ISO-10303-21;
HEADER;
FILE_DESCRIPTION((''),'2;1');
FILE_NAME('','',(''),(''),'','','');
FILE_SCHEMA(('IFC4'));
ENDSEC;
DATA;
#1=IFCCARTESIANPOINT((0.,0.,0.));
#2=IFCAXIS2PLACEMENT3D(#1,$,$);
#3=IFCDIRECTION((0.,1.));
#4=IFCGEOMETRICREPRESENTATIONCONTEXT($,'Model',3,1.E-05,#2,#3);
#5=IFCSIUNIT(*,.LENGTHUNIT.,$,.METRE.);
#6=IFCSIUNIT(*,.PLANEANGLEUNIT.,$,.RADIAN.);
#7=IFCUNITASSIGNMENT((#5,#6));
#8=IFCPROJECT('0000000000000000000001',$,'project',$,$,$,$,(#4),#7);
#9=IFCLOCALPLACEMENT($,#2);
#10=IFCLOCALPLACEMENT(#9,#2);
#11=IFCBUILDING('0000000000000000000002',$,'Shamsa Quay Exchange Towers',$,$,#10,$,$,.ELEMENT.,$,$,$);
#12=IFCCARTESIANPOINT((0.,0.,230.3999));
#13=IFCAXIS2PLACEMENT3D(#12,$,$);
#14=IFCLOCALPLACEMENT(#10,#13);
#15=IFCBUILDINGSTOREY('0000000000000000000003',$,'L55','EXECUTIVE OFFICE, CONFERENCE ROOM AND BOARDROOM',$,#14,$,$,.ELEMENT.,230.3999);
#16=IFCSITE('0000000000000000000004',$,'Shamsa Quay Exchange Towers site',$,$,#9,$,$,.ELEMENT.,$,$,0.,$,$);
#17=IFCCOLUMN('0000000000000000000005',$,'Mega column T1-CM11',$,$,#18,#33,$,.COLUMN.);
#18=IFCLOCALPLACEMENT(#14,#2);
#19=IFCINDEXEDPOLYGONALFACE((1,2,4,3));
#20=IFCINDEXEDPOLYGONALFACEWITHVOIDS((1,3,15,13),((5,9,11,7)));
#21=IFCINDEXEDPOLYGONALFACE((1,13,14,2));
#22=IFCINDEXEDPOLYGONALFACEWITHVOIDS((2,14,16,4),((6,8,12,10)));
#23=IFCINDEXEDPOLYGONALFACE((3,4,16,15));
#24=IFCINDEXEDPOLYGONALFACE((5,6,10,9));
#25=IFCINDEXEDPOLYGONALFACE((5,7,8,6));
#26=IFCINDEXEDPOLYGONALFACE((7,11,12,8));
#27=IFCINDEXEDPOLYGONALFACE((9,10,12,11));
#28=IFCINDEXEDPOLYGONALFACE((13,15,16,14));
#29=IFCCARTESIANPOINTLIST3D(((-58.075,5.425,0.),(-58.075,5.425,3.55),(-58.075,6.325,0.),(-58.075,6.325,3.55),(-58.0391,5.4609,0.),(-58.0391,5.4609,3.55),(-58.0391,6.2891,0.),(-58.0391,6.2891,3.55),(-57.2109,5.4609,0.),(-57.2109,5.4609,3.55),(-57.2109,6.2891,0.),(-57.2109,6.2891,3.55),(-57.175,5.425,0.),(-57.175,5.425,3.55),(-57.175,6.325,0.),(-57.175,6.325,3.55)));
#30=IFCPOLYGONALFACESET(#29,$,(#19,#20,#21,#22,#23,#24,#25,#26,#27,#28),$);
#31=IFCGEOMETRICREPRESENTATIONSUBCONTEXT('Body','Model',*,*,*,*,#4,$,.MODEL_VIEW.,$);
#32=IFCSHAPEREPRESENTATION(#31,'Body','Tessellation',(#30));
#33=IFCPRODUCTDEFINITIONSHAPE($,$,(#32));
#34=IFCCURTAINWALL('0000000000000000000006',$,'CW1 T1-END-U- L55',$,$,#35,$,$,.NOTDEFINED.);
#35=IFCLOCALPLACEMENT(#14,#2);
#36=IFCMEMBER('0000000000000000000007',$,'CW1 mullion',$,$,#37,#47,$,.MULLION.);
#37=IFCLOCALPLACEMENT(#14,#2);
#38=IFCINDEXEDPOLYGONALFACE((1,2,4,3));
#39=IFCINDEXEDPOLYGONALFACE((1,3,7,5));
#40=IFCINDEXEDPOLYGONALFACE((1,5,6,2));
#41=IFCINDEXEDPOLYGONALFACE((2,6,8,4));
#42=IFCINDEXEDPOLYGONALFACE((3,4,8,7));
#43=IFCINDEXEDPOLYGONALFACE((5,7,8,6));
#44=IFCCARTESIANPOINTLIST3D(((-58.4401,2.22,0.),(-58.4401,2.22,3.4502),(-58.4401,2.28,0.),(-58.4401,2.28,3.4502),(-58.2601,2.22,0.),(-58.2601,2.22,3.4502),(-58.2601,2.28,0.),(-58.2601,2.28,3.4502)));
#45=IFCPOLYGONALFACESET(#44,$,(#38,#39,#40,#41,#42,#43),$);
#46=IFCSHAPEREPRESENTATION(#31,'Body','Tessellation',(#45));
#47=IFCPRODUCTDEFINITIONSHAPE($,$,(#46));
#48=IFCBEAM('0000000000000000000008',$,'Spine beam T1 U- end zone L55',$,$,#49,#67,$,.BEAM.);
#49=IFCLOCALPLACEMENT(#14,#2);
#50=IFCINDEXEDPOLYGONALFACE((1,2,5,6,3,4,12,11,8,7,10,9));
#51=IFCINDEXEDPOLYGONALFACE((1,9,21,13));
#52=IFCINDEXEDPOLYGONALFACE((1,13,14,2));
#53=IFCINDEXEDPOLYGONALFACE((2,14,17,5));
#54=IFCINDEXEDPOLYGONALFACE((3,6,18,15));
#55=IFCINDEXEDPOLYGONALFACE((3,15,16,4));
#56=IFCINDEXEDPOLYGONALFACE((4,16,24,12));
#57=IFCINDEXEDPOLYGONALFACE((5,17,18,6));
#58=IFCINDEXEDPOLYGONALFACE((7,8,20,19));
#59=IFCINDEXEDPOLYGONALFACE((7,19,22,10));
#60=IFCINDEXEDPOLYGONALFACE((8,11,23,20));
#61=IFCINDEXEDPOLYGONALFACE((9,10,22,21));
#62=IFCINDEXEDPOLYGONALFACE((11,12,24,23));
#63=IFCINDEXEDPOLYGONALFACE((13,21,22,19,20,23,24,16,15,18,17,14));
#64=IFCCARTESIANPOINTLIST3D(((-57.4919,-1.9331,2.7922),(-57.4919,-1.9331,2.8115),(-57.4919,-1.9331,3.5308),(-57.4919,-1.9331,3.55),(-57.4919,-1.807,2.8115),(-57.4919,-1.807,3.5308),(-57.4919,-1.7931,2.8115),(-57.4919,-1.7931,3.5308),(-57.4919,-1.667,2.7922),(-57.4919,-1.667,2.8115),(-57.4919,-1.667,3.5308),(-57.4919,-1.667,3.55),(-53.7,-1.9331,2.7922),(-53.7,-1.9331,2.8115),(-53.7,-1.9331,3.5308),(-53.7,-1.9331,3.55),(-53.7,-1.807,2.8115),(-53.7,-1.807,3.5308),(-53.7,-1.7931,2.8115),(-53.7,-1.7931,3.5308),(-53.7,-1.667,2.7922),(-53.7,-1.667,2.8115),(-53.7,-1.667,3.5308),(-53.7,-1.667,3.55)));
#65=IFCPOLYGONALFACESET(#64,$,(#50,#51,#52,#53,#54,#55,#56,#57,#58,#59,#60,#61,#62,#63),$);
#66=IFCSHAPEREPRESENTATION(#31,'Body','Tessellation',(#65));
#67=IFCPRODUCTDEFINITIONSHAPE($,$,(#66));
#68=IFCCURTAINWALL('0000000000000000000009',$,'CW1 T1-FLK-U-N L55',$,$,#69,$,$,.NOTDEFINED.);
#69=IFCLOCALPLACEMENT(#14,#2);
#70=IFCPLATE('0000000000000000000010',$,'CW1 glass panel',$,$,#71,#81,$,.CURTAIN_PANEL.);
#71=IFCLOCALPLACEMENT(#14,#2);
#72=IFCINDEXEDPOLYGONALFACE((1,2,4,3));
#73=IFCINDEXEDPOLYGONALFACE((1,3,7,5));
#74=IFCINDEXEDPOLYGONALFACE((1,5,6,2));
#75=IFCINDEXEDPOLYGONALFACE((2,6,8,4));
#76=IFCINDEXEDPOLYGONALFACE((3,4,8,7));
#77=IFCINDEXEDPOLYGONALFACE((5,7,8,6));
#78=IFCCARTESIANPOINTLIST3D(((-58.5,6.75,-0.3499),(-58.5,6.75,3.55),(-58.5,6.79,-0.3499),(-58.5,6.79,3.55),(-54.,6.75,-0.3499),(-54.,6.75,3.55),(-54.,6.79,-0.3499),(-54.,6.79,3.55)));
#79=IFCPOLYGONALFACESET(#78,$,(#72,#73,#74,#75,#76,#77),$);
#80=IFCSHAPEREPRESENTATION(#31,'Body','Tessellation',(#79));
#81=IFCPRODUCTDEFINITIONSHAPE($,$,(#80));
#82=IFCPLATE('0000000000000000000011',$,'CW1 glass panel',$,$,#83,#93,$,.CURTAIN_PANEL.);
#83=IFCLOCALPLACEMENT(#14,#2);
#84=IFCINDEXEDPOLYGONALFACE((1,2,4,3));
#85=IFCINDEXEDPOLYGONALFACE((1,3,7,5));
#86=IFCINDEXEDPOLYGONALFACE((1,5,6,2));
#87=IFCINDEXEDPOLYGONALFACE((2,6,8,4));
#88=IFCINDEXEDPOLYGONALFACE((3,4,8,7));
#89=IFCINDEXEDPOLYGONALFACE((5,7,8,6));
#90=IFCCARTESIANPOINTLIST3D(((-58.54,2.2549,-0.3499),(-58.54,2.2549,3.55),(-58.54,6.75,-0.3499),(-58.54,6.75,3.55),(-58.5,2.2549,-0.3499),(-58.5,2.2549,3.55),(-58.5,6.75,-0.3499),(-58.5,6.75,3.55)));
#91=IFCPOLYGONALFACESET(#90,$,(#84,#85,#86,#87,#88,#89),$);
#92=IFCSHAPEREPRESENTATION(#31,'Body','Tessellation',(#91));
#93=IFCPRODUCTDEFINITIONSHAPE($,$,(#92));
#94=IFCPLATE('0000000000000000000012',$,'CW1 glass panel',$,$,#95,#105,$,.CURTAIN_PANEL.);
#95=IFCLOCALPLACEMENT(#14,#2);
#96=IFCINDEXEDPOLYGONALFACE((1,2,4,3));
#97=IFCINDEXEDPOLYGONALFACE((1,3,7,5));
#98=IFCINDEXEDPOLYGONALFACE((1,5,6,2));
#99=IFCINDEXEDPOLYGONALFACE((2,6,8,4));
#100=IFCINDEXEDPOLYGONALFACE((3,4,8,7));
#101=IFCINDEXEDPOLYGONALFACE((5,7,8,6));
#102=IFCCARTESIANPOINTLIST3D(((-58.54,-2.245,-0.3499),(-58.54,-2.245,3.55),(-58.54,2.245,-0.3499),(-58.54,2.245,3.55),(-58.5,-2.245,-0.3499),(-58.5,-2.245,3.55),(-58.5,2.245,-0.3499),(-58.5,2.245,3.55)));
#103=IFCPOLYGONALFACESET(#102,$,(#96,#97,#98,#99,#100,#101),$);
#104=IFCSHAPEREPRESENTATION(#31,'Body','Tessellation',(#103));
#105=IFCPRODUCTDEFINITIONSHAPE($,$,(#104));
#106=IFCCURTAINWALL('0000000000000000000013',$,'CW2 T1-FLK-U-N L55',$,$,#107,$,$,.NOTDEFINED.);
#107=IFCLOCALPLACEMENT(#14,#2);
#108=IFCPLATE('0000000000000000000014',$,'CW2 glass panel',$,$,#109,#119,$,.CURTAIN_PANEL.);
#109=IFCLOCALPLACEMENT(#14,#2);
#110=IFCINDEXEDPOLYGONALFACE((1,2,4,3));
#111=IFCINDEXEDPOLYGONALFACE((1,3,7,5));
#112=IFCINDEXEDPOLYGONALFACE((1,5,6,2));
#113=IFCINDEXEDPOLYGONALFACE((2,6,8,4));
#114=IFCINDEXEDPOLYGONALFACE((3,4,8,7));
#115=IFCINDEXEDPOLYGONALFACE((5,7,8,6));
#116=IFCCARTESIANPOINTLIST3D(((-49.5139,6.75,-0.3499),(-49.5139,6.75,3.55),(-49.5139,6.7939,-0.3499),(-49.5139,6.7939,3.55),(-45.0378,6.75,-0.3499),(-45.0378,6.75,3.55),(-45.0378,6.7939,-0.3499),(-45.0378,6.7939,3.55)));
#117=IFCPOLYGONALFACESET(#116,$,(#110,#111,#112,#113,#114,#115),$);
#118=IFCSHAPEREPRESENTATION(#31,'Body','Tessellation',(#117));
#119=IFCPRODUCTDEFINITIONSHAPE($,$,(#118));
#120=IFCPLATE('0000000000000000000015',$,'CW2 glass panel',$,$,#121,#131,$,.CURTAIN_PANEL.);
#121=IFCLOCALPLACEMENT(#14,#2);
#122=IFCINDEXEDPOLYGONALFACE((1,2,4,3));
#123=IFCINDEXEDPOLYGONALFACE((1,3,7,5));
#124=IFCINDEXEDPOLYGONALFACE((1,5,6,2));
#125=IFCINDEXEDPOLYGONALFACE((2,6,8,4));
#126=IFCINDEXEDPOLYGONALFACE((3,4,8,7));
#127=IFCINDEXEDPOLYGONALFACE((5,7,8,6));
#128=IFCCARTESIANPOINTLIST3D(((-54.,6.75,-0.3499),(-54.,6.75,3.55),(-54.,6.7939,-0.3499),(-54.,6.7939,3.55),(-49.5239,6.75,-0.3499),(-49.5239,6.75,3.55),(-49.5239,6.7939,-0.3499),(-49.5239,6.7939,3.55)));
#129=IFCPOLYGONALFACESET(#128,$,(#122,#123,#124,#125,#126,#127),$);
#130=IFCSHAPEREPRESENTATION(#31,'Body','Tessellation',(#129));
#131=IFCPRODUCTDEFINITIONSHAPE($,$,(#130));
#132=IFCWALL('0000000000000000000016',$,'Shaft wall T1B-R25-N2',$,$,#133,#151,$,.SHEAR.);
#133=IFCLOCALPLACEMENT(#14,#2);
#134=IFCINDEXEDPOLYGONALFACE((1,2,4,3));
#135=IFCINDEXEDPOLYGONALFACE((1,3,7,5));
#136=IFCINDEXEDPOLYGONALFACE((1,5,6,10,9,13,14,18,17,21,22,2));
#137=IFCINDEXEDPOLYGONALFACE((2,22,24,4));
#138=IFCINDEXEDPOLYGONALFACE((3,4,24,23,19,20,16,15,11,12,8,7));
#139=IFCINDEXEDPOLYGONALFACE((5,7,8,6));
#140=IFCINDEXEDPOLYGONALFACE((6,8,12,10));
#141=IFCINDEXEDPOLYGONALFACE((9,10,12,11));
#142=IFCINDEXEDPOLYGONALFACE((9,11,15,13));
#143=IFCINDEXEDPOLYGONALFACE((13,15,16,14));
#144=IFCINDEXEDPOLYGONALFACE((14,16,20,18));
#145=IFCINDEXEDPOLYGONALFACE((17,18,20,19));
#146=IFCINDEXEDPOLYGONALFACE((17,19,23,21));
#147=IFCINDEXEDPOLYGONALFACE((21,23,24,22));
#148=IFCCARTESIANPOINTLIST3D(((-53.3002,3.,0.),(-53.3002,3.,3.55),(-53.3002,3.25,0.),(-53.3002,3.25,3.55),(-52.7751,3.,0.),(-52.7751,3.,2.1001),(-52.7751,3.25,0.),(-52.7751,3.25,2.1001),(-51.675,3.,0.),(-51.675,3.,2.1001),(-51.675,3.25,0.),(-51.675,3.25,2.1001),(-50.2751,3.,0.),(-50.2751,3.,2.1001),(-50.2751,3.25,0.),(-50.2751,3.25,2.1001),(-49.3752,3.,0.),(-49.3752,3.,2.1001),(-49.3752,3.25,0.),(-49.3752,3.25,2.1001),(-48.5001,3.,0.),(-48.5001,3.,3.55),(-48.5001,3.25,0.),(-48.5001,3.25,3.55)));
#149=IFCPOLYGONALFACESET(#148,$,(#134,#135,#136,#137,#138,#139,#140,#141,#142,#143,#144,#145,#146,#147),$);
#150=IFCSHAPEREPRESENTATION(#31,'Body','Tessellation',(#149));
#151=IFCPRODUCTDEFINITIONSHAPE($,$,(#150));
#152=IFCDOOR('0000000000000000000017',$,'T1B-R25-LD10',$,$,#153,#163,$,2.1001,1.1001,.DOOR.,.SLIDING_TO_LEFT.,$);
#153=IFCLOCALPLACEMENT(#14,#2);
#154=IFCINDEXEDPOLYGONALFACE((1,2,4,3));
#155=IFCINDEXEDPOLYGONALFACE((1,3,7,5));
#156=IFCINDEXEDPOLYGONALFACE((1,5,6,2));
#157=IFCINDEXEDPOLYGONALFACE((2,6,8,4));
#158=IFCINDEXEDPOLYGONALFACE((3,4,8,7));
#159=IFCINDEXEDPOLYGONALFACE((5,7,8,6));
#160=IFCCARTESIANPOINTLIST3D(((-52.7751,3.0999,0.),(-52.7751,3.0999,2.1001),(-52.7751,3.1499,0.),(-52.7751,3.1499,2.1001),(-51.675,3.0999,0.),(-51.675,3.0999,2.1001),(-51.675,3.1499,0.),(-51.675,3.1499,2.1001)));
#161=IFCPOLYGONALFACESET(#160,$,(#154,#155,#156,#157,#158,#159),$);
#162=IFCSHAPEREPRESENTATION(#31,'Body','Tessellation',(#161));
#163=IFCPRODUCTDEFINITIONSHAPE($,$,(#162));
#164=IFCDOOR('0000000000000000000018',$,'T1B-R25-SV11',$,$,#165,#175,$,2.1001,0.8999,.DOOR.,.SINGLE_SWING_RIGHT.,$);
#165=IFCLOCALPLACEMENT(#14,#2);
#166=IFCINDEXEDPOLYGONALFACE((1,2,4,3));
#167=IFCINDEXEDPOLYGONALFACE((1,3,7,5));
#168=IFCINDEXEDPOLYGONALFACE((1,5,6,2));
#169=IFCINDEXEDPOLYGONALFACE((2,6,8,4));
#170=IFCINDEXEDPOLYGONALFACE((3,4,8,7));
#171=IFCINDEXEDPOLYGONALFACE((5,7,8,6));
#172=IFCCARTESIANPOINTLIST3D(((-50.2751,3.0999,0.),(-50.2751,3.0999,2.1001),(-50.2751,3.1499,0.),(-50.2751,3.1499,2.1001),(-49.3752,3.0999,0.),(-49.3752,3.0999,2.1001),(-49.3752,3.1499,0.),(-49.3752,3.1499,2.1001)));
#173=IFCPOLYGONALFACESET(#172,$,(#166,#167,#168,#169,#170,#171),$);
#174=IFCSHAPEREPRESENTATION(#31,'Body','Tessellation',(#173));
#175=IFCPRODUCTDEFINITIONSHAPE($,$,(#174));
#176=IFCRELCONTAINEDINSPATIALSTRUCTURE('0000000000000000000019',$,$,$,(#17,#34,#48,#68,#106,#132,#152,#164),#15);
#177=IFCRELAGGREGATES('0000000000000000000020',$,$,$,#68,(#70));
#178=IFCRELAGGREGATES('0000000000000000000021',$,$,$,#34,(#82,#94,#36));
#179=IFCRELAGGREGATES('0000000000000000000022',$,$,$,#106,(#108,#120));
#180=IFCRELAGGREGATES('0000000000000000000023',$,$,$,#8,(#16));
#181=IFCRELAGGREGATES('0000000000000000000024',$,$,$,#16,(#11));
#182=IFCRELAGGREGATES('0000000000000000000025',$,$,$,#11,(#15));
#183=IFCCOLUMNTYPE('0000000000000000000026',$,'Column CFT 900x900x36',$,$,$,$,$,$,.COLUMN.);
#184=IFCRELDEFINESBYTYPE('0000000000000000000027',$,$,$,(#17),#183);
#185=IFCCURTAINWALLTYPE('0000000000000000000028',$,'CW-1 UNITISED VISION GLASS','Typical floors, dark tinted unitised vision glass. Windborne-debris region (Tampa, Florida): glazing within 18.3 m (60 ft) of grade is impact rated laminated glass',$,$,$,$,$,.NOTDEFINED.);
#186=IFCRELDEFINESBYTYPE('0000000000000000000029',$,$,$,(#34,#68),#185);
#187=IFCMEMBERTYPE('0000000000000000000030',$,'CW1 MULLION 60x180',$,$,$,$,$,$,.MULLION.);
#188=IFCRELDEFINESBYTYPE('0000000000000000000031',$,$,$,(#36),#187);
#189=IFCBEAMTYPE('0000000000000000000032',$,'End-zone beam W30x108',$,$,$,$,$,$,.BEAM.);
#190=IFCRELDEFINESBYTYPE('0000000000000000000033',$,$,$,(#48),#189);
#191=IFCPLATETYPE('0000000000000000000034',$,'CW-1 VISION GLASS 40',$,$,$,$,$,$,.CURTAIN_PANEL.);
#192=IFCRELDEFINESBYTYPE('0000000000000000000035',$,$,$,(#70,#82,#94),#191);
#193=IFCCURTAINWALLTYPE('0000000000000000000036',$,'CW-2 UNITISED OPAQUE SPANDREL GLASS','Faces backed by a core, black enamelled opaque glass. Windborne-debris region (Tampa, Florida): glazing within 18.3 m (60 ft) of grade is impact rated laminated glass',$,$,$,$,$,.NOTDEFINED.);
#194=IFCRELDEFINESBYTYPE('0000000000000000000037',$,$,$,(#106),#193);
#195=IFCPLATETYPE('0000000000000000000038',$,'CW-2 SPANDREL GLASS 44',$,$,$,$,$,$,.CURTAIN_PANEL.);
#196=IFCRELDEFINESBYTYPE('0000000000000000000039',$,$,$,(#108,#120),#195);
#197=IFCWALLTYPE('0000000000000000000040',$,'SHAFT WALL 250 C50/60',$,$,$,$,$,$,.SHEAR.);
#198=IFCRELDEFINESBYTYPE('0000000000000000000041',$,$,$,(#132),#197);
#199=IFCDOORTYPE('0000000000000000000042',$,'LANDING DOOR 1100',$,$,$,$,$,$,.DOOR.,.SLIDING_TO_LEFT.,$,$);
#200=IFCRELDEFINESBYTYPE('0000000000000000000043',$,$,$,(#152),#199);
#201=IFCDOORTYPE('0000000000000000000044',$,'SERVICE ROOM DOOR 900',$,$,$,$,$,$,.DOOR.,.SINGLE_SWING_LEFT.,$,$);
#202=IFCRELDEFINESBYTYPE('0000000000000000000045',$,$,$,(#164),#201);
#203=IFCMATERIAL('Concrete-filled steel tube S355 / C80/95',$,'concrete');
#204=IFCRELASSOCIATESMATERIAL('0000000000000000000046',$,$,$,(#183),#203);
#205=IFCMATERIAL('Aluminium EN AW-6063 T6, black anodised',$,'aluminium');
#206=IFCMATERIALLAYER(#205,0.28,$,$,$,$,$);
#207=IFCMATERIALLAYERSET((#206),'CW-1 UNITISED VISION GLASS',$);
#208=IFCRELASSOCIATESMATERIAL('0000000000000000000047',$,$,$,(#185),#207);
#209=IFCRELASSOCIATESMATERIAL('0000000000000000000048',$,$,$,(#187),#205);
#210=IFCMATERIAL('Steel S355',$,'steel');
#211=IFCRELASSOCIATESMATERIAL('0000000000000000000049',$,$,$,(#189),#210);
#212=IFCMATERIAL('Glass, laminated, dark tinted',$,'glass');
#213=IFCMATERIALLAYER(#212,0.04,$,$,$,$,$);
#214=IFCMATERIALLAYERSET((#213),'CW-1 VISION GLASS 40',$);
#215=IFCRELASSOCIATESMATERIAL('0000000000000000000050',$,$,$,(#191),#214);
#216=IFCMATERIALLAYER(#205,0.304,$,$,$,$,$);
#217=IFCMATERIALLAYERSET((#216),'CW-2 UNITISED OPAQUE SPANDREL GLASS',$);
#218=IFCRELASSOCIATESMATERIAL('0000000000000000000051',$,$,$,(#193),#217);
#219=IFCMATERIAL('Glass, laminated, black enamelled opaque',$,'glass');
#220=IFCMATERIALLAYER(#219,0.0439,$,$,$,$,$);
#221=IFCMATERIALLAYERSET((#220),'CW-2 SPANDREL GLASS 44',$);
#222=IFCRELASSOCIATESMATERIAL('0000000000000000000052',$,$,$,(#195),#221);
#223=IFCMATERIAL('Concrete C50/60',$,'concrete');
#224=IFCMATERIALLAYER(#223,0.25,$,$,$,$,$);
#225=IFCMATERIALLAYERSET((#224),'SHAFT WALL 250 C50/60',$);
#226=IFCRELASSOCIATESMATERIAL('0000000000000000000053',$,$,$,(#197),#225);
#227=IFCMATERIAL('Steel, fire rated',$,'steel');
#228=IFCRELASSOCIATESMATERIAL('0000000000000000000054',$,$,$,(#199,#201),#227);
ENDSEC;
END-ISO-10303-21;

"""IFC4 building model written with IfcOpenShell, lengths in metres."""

from ifc_helpers import new_model, si_unit, direction, frame, frame_2d, origin, origin_2d, place, context, subcontext, project, spatial, rectangle, hollow_rectangle, i_section, extrude, material, layer, layer_set, material_profile, profile_set, type_object, element, fill, aggregate, save


model = new_model("IFC4")

# Units and contexts
model_context = context("Model", 3, precision=1e-05, world=origin(), true_north=direction((0.0, 1.0)))
body_context = subcontext(model_context, "Body", "Model", "MODEL_VIEW")
ifc_project = project(units=[si_unit("LENGTHUNIT", "METRE"), si_unit("PLANEANGLEUNIT", "RADIAN")], contexts=[model_context])

# Site, building, storey
site_placement = place(None, origin())
site = spatial("IfcSite", under=ifc_project, at=site_placement, Name="Shamsa Quay Exchange Towers site", CompositionType="ELEMENT", RefElevation=0.0)
building_placement = place(site_placement, origin())
building = spatial("IfcBuilding", under=site, at=building_placement, Name="Shamsa Quay Exchange Towers", CompositionType="ELEMENT")
storey_placement = place(building_placement, frame((0.0, 0.0, 230.3999)))
storey = spatial("IfcBuildingStorey", under=building, at=storey_placement, Name="L55", Description="EXECUTIVE OFFICE, CONFERENCE ROOM AND BOARDROOM", CompositionType="ELEMENT", Elevation=230.3999)

# Column
ifc_material_1 = material(Name="Concrete-filled steel tube S355 / C80/95", Category="concrete")
ifc_material_profile_1 = material_profile(ifc_material_1, hollow_rectangle(XDim=0.8999, YDim=0.8999, WallThickness=0.0359, at=origin_2d()), Name="CFT 900x900x36")
ifc_profile_set_1 = profile_set([ifc_material_profile_1], Name="Concrete-filled steel tube S355 / C80/95")
column_type = type_object("IfcColumnType", Name="Column CFT 900x900x36", PredefinedType="COLUMN", material=ifc_profile_set_1)
column_placement = place(storey_placement, frame((-57.625, 5.875, 0.0)))
element("IfcColumn", 1, at=column_placement, inside=storey, type_object=column_type, Name="Mega column T1-CM11", PredefinedType="COLUMN", context=body_context, shape_type="SweptSolid", body=[
    extrude(hollow_rectangle(XDim=0.8999, YDim=0.8999, WallThickness=0.0359, at=origin_2d()), origin(), (0.0, 0.0, 1.0), 3.55),
])

# Curtain wall, member
ifc_material_2 = material(Name="Aluminium EN AW-6063 T6, black anodised", Category="aluminium")
ifc_layer_1 = layer(ifc_material_2, 0.28)
ifc_layer_set_1 = layer_set([ifc_layer_1], Name="CW-1 UNITISED VISION GLASS")
curtain_wall_type_1 = type_object("IfcCurtainWallType", Name="CW-1 UNITISED VISION GLASS", Description="Typical floors, dark tinted unitised vision glass. Windborne-debris region (Tampa, Florida): glazing within 18.3 m (60 ft) of grade is impact rated laminated glass", PredefinedType="NOTDEFINED", material=ifc_layer_set_1)
curtain_wall_1_placement = place(storey_placement, origin())
curtain_wall_1 = element("IfcCurtainWall", 2, at=curtain_wall_1_placement, inside=storey, type_object=curtain_wall_type_1, Name="CW1 T1-END-U- L55", PredefinedType="NOTDEFINED")
ifc_material_profile_2 = material_profile(ifc_material_2, rectangle(XDim=0.1799, YDim=0.0601, at=origin_2d()), Name="MU60x180")
ifc_profile_set_2 = profile_set([ifc_material_profile_2], Name="Aluminium EN AW-6063 T6, black anodised")
member_type = type_object("IfcMemberType", Name="CW1 MULLION 60x180", PredefinedType="MULLION", material=ifc_profile_set_2)
member_placement = place(storey_placement, frame((-58.3501, 2.25, 0.0)))
member = element("IfcMember", 3, at=member_placement, type_object=member_type, Name="CW1 mullion", PredefinedType="MULLION", context=body_context, shape_type="SweptSolid", body=[
    extrude(rectangle(XDim=0.1799, YDim=0.0601, at=origin_2d()), origin(), (0.0, 0.0, 1.0), 3.4502),
])

# Beam
ifc_material_3 = material(Name="Steel S355", Category="steel")
ifc_material_profile_3 = material_profile(ifc_material_3, i_section(OverallWidth=0.2661, OverallDepth=0.7578, WebThickness=0.0139, FlangeThickness=0.0193, at=origin_2d()), Name="W30x108")
ifc_profile_set_3 = profile_set([ifc_material_profile_3], Name="Steel S355")
beam_type = type_object("IfcBeamType", Name="End-zone beam W30x108", PredefinedType="BEAM", material=ifc_profile_set_3)
beam_placement = place(storey_placement, frame((-53.7, -1.8, 3.1711), z_axis=(-1.0, 0.0, 0.0), x_axis=(0.0, -1.0, 0.0)))
element("IfcBeam", 4, at=beam_placement, inside=storey, type_object=beam_type, Name="Spine beam T1 U- end zone L55", PredefinedType="BEAM", context=body_context, shape_type="SweptSolid", body=[
    extrude(i_section(OverallWidth=0.2661, OverallDepth=0.7578, WebThickness=0.0139, FlangeThickness=0.0193, at=origin_2d()), origin(), (0.0, 0.0, 1.0), 3.792),
])

# Curtain wall, plate
curtain_wall_2_placement = place(storey_placement, origin())
curtain_wall_2 = element("IfcCurtainWall", 5, at=curtain_wall_2_placement, inside=storey, type_object=curtain_wall_type_1, Name="CW1 T1-FLK-U-N L55", PredefinedType="NOTDEFINED")
ifc_material_4 = material(Name="Glass, laminated, dark tinted", Category="glass")
ifc_layer_2 = layer(ifc_material_4, 0.04)
ifc_layer_set_2 = layer_set([ifc_layer_2], Name="CW-1 VISION GLASS 40")
plate_type_1 = type_object("IfcPlateType", Name="CW-1 VISION GLASS 40", PredefinedType="CURTAIN_PANEL", material=ifc_layer_set_2)
plate_1_placement = place(storey_placement, frame((-56.25, 6.77, -0.3499), z_axis=(0.0, 0.0, 1.0), x_axis=(-1.0, 0.0, 0.0)))
plate_1 = element("IfcPlate", 6, at=plate_1_placement, type_object=plate_type_1, Name="CW1 glass panel", PredefinedType="CURTAIN_PANEL", context=body_context, shape_type="SweptSolid", body=[
    extrude(rectangle(XDim=4.5, YDim=0.04, at=origin_2d()), origin(), (0.0, 0.0, 1.0), 3.8999),
])
aggregate(curtain_wall_2, [plate_1])

# Plates
plate_2_placement = place(storey_placement, frame((-58.52, 4.5024, -0.3499), z_axis=(0.0, 0.0, 1.0), x_axis=(0.0, -1.0, 0.0)))
plate_2 = element("IfcPlate", 7, at=plate_2_placement, type_object=plate_type_1, Name="CW1 glass panel", PredefinedType="CURTAIN_PANEL", context=body_context, shape_type="SweptSolid", body=[
    extrude(rectangle(XDim=4.4951, YDim=0.04, at=origin_2d()), origin(), (0.0, 0.0, 1.0), 3.8999),
])
plate_3_placement = place(storey_placement, frame((-58.52, 0.0, -0.3499), z_axis=(0.0, 0.0, 1.0), x_axis=(0.0, -1.0, 0.0)))
plate_3 = element("IfcPlate", 8, at=plate_3_placement, type_object=plate_type_1, Name="CW1 glass panel", PredefinedType="CURTAIN_PANEL", context=body_context, shape_type="SweptSolid", body=[
    extrude(rectangle(XDim=4.49, YDim=0.04, at=origin_2d()), origin(), (0.0, 0.0, 1.0), 3.8999),
])
aggregate(curtain_wall_1, [plate_2, plate_3, member])

# Curtain wall, plates
ifc_layer_3 = layer(ifc_material_2, 0.304)
ifc_layer_set_3 = layer_set([ifc_layer_3], Name="CW-2 UNITISED OPAQUE SPANDREL GLASS")
curtain_wall_type_2 = type_object("IfcCurtainWallType", Name="CW-2 UNITISED OPAQUE SPANDREL GLASS", Description="Faces backed by a core, black enamelled opaque glass. Windborne-debris region (Tampa, Florida): glazing within 18.3 m (60 ft) of grade is impact rated laminated glass", PredefinedType="NOTDEFINED", material=ifc_layer_set_3)
curtain_wall_3_placement = place(storey_placement, origin())
curtain_wall_3 = element("IfcCurtainWall", 9, at=curtain_wall_3_placement, inside=storey, type_object=curtain_wall_type_2, Name="CW2 T1-FLK-U-N L55", PredefinedType="NOTDEFINED")
ifc_material_5 = material(Name="Glass, laminated, black enamelled opaque", Category="glass")
ifc_layer_4 = layer(ifc_material_5, 0.0439)
ifc_layer_set_4 = layer_set([ifc_layer_4], Name="CW-2 SPANDREL GLASS 44")
plate_type_2 = type_object("IfcPlateType", Name="CW-2 SPANDREL GLASS 44", PredefinedType="CURTAIN_PANEL", material=ifc_layer_set_4)
plate_4_placement = place(storey_placement, frame((-47.2759, 6.772, -0.3499), z_axis=(0.0, 0.0, 1.0), x_axis=(-1.0, 0.0, 0.0)))
plate_4 = element("IfcPlate", 10, at=plate_4_placement, type_object=plate_type_2, Name="CW2 glass panel", PredefinedType="CURTAIN_PANEL", context=body_context, shape_type="SweptSolid", body=[
    extrude(rectangle(XDim=4.4761, YDim=0.0439, at=origin_2d()), origin(), (0.0, 0.0, 1.0), 3.8999),
])
plate_5_placement = place(storey_placement, frame((-51.762, 6.772, -0.3499), z_axis=(0.0, 0.0, 1.0), x_axis=(-1.0, 0.0, 0.0)))
plate_5 = element("IfcPlate", 11, at=plate_5_placement, type_object=plate_type_2, Name="CW2 glass panel", PredefinedType="CURTAIN_PANEL", context=body_context, shape_type="SweptSolid", body=[
    extrude(rectangle(XDim=4.4761, YDim=0.0439, at=origin_2d()), origin(), (0.0, 0.0, 1.0), 3.8999),
])
aggregate(curtain_wall_3, [plate_4, plate_5])

# Wall, openings, doors
ifc_material_6 = material(Name="Concrete C50/60", Category="concrete")
ifc_layer_5 = layer(ifc_material_6, 0.25)
ifc_layer_set_5 = layer_set([ifc_layer_5], Name="SHAFT WALL 250 C50/60")
wall_type_1 = type_object("IfcWallType", Name="SHAFT WALL 250 C50/60", PredefinedType="SHEAR", material=ifc_layer_set_5)
wall_1_placement = place(storey_placement, frame((-53.3, 3.125, 0.0)))
wall_1 = element("IfcWall", 12, at=wall_1_placement, inside=storey, type_object=wall_type_1, Name="Shaft wall T1B-R25-N2", PredefinedType="SHEAR", context=body_context, shape_type="SweptSolid", body=[
    extrude(rectangle(XDim=4.8, YDim=0.25, at=frame_2d((2.3999, 0.0))), origin(), (0.0, 0.0, 1.0), 3.55),
])
opening_1_placement = place(wall_1_placement, frame((0.5249, 0.0, 0.0)))
opening_1 = element("IfcOpeningElement", 13, at=opening_1_placement, cuts=wall_1, PredefinedType="OPENING", context=body_context, shape_type="SweptSolid", body=[
    extrude(rectangle(XDim=1.1001, YDim=2.1001, at=frame_2d((0.55, 1.05))), frame((0.0, 0.135, 0.0), z_axis=(0.0, -1.0, 0.0), x_axis=(1.0, 0.0, 0.0)), (0.0, 0.0, 1.0), 0.27),
])
opening_2_placement = place(wall_1_placement, frame((3.0249, 0.0, 0.0)))
opening_2 = element("IfcOpeningElement", 14, at=opening_2_placement, cuts=wall_1, PredefinedType="OPENING", context=body_context, shape_type="SweptSolid", body=[
    extrude(rectangle(XDim=0.8999, YDim=2.1001, at=frame_2d((0.45, 1.05))), frame((0.0, 0.135, 0.0), z_axis=(0.0, -1.0, 0.0), x_axis=(1.0, 0.0, 0.0)), (0.0, 0.0, 1.0), 0.27),
])
ifc_material_7 = material(Name="Steel, fire rated", Category="steel")
door_type_1 = type_object("IfcDoorType", Name="LANDING DOOR 1100", OperationType="SLIDING_TO_LEFT", PredefinedType="DOOR", material=ifc_material_7)
door_1_placement = place(opening_1_placement, origin())
door_1 = element("IfcDoor", 15, at=door_1_placement, inside=storey, type_object=door_type_1, Name="T1B-R25-LD10", OperationType="SLIDING_TO_LEFT", OverallHeight=2.1001, OverallWidth=1.1001, PredefinedType="DOOR", context=body_context, shape_type="SweptSolid", body=[
    extrude(rectangle(XDim=1.1001, YDim=2.1001, at=frame_2d((0.55, 1.05))), frame((0.0, 0.0249, 0.0), z_axis=(0.0, -1.0, 0.0), x_axis=(1.0, 0.0, 0.0)), (0.0, 0.0, 1.0), 0.05),
])
fill(opening_1, door_1)
door_type_2 = type_object("IfcDoorType", Name="SERVICE ROOM DOOR 900", OperationType="SINGLE_SWING_LEFT", PredefinedType="DOOR", material=ifc_material_7)
door_2_placement = place(opening_2_placement, origin())
door_2 = element("IfcDoor", 16, at=door_2_placement, inside=storey, type_object=door_type_2, Name="T1B-R25-SV11", OperationType="SINGLE_SWING_RIGHT", OverallHeight=2.1001, OverallWidth=0.8999, PredefinedType="DOOR", context=body_context, shape_type="SweptSolid", body=[
    extrude(rectangle(XDim=0.8999, YDim=2.1001, at=frame_2d((0.45, 1.05))), frame((0.0, 0.0249, 0.0), z_axis=(0.0, -1.0, 0.0), x_axis=(1.0, 0.0, 0.0)), (0.0, 0.0, 1.0), 0.05),
])
fill(opening_2, door_2)

save(model, "model.ifc")
